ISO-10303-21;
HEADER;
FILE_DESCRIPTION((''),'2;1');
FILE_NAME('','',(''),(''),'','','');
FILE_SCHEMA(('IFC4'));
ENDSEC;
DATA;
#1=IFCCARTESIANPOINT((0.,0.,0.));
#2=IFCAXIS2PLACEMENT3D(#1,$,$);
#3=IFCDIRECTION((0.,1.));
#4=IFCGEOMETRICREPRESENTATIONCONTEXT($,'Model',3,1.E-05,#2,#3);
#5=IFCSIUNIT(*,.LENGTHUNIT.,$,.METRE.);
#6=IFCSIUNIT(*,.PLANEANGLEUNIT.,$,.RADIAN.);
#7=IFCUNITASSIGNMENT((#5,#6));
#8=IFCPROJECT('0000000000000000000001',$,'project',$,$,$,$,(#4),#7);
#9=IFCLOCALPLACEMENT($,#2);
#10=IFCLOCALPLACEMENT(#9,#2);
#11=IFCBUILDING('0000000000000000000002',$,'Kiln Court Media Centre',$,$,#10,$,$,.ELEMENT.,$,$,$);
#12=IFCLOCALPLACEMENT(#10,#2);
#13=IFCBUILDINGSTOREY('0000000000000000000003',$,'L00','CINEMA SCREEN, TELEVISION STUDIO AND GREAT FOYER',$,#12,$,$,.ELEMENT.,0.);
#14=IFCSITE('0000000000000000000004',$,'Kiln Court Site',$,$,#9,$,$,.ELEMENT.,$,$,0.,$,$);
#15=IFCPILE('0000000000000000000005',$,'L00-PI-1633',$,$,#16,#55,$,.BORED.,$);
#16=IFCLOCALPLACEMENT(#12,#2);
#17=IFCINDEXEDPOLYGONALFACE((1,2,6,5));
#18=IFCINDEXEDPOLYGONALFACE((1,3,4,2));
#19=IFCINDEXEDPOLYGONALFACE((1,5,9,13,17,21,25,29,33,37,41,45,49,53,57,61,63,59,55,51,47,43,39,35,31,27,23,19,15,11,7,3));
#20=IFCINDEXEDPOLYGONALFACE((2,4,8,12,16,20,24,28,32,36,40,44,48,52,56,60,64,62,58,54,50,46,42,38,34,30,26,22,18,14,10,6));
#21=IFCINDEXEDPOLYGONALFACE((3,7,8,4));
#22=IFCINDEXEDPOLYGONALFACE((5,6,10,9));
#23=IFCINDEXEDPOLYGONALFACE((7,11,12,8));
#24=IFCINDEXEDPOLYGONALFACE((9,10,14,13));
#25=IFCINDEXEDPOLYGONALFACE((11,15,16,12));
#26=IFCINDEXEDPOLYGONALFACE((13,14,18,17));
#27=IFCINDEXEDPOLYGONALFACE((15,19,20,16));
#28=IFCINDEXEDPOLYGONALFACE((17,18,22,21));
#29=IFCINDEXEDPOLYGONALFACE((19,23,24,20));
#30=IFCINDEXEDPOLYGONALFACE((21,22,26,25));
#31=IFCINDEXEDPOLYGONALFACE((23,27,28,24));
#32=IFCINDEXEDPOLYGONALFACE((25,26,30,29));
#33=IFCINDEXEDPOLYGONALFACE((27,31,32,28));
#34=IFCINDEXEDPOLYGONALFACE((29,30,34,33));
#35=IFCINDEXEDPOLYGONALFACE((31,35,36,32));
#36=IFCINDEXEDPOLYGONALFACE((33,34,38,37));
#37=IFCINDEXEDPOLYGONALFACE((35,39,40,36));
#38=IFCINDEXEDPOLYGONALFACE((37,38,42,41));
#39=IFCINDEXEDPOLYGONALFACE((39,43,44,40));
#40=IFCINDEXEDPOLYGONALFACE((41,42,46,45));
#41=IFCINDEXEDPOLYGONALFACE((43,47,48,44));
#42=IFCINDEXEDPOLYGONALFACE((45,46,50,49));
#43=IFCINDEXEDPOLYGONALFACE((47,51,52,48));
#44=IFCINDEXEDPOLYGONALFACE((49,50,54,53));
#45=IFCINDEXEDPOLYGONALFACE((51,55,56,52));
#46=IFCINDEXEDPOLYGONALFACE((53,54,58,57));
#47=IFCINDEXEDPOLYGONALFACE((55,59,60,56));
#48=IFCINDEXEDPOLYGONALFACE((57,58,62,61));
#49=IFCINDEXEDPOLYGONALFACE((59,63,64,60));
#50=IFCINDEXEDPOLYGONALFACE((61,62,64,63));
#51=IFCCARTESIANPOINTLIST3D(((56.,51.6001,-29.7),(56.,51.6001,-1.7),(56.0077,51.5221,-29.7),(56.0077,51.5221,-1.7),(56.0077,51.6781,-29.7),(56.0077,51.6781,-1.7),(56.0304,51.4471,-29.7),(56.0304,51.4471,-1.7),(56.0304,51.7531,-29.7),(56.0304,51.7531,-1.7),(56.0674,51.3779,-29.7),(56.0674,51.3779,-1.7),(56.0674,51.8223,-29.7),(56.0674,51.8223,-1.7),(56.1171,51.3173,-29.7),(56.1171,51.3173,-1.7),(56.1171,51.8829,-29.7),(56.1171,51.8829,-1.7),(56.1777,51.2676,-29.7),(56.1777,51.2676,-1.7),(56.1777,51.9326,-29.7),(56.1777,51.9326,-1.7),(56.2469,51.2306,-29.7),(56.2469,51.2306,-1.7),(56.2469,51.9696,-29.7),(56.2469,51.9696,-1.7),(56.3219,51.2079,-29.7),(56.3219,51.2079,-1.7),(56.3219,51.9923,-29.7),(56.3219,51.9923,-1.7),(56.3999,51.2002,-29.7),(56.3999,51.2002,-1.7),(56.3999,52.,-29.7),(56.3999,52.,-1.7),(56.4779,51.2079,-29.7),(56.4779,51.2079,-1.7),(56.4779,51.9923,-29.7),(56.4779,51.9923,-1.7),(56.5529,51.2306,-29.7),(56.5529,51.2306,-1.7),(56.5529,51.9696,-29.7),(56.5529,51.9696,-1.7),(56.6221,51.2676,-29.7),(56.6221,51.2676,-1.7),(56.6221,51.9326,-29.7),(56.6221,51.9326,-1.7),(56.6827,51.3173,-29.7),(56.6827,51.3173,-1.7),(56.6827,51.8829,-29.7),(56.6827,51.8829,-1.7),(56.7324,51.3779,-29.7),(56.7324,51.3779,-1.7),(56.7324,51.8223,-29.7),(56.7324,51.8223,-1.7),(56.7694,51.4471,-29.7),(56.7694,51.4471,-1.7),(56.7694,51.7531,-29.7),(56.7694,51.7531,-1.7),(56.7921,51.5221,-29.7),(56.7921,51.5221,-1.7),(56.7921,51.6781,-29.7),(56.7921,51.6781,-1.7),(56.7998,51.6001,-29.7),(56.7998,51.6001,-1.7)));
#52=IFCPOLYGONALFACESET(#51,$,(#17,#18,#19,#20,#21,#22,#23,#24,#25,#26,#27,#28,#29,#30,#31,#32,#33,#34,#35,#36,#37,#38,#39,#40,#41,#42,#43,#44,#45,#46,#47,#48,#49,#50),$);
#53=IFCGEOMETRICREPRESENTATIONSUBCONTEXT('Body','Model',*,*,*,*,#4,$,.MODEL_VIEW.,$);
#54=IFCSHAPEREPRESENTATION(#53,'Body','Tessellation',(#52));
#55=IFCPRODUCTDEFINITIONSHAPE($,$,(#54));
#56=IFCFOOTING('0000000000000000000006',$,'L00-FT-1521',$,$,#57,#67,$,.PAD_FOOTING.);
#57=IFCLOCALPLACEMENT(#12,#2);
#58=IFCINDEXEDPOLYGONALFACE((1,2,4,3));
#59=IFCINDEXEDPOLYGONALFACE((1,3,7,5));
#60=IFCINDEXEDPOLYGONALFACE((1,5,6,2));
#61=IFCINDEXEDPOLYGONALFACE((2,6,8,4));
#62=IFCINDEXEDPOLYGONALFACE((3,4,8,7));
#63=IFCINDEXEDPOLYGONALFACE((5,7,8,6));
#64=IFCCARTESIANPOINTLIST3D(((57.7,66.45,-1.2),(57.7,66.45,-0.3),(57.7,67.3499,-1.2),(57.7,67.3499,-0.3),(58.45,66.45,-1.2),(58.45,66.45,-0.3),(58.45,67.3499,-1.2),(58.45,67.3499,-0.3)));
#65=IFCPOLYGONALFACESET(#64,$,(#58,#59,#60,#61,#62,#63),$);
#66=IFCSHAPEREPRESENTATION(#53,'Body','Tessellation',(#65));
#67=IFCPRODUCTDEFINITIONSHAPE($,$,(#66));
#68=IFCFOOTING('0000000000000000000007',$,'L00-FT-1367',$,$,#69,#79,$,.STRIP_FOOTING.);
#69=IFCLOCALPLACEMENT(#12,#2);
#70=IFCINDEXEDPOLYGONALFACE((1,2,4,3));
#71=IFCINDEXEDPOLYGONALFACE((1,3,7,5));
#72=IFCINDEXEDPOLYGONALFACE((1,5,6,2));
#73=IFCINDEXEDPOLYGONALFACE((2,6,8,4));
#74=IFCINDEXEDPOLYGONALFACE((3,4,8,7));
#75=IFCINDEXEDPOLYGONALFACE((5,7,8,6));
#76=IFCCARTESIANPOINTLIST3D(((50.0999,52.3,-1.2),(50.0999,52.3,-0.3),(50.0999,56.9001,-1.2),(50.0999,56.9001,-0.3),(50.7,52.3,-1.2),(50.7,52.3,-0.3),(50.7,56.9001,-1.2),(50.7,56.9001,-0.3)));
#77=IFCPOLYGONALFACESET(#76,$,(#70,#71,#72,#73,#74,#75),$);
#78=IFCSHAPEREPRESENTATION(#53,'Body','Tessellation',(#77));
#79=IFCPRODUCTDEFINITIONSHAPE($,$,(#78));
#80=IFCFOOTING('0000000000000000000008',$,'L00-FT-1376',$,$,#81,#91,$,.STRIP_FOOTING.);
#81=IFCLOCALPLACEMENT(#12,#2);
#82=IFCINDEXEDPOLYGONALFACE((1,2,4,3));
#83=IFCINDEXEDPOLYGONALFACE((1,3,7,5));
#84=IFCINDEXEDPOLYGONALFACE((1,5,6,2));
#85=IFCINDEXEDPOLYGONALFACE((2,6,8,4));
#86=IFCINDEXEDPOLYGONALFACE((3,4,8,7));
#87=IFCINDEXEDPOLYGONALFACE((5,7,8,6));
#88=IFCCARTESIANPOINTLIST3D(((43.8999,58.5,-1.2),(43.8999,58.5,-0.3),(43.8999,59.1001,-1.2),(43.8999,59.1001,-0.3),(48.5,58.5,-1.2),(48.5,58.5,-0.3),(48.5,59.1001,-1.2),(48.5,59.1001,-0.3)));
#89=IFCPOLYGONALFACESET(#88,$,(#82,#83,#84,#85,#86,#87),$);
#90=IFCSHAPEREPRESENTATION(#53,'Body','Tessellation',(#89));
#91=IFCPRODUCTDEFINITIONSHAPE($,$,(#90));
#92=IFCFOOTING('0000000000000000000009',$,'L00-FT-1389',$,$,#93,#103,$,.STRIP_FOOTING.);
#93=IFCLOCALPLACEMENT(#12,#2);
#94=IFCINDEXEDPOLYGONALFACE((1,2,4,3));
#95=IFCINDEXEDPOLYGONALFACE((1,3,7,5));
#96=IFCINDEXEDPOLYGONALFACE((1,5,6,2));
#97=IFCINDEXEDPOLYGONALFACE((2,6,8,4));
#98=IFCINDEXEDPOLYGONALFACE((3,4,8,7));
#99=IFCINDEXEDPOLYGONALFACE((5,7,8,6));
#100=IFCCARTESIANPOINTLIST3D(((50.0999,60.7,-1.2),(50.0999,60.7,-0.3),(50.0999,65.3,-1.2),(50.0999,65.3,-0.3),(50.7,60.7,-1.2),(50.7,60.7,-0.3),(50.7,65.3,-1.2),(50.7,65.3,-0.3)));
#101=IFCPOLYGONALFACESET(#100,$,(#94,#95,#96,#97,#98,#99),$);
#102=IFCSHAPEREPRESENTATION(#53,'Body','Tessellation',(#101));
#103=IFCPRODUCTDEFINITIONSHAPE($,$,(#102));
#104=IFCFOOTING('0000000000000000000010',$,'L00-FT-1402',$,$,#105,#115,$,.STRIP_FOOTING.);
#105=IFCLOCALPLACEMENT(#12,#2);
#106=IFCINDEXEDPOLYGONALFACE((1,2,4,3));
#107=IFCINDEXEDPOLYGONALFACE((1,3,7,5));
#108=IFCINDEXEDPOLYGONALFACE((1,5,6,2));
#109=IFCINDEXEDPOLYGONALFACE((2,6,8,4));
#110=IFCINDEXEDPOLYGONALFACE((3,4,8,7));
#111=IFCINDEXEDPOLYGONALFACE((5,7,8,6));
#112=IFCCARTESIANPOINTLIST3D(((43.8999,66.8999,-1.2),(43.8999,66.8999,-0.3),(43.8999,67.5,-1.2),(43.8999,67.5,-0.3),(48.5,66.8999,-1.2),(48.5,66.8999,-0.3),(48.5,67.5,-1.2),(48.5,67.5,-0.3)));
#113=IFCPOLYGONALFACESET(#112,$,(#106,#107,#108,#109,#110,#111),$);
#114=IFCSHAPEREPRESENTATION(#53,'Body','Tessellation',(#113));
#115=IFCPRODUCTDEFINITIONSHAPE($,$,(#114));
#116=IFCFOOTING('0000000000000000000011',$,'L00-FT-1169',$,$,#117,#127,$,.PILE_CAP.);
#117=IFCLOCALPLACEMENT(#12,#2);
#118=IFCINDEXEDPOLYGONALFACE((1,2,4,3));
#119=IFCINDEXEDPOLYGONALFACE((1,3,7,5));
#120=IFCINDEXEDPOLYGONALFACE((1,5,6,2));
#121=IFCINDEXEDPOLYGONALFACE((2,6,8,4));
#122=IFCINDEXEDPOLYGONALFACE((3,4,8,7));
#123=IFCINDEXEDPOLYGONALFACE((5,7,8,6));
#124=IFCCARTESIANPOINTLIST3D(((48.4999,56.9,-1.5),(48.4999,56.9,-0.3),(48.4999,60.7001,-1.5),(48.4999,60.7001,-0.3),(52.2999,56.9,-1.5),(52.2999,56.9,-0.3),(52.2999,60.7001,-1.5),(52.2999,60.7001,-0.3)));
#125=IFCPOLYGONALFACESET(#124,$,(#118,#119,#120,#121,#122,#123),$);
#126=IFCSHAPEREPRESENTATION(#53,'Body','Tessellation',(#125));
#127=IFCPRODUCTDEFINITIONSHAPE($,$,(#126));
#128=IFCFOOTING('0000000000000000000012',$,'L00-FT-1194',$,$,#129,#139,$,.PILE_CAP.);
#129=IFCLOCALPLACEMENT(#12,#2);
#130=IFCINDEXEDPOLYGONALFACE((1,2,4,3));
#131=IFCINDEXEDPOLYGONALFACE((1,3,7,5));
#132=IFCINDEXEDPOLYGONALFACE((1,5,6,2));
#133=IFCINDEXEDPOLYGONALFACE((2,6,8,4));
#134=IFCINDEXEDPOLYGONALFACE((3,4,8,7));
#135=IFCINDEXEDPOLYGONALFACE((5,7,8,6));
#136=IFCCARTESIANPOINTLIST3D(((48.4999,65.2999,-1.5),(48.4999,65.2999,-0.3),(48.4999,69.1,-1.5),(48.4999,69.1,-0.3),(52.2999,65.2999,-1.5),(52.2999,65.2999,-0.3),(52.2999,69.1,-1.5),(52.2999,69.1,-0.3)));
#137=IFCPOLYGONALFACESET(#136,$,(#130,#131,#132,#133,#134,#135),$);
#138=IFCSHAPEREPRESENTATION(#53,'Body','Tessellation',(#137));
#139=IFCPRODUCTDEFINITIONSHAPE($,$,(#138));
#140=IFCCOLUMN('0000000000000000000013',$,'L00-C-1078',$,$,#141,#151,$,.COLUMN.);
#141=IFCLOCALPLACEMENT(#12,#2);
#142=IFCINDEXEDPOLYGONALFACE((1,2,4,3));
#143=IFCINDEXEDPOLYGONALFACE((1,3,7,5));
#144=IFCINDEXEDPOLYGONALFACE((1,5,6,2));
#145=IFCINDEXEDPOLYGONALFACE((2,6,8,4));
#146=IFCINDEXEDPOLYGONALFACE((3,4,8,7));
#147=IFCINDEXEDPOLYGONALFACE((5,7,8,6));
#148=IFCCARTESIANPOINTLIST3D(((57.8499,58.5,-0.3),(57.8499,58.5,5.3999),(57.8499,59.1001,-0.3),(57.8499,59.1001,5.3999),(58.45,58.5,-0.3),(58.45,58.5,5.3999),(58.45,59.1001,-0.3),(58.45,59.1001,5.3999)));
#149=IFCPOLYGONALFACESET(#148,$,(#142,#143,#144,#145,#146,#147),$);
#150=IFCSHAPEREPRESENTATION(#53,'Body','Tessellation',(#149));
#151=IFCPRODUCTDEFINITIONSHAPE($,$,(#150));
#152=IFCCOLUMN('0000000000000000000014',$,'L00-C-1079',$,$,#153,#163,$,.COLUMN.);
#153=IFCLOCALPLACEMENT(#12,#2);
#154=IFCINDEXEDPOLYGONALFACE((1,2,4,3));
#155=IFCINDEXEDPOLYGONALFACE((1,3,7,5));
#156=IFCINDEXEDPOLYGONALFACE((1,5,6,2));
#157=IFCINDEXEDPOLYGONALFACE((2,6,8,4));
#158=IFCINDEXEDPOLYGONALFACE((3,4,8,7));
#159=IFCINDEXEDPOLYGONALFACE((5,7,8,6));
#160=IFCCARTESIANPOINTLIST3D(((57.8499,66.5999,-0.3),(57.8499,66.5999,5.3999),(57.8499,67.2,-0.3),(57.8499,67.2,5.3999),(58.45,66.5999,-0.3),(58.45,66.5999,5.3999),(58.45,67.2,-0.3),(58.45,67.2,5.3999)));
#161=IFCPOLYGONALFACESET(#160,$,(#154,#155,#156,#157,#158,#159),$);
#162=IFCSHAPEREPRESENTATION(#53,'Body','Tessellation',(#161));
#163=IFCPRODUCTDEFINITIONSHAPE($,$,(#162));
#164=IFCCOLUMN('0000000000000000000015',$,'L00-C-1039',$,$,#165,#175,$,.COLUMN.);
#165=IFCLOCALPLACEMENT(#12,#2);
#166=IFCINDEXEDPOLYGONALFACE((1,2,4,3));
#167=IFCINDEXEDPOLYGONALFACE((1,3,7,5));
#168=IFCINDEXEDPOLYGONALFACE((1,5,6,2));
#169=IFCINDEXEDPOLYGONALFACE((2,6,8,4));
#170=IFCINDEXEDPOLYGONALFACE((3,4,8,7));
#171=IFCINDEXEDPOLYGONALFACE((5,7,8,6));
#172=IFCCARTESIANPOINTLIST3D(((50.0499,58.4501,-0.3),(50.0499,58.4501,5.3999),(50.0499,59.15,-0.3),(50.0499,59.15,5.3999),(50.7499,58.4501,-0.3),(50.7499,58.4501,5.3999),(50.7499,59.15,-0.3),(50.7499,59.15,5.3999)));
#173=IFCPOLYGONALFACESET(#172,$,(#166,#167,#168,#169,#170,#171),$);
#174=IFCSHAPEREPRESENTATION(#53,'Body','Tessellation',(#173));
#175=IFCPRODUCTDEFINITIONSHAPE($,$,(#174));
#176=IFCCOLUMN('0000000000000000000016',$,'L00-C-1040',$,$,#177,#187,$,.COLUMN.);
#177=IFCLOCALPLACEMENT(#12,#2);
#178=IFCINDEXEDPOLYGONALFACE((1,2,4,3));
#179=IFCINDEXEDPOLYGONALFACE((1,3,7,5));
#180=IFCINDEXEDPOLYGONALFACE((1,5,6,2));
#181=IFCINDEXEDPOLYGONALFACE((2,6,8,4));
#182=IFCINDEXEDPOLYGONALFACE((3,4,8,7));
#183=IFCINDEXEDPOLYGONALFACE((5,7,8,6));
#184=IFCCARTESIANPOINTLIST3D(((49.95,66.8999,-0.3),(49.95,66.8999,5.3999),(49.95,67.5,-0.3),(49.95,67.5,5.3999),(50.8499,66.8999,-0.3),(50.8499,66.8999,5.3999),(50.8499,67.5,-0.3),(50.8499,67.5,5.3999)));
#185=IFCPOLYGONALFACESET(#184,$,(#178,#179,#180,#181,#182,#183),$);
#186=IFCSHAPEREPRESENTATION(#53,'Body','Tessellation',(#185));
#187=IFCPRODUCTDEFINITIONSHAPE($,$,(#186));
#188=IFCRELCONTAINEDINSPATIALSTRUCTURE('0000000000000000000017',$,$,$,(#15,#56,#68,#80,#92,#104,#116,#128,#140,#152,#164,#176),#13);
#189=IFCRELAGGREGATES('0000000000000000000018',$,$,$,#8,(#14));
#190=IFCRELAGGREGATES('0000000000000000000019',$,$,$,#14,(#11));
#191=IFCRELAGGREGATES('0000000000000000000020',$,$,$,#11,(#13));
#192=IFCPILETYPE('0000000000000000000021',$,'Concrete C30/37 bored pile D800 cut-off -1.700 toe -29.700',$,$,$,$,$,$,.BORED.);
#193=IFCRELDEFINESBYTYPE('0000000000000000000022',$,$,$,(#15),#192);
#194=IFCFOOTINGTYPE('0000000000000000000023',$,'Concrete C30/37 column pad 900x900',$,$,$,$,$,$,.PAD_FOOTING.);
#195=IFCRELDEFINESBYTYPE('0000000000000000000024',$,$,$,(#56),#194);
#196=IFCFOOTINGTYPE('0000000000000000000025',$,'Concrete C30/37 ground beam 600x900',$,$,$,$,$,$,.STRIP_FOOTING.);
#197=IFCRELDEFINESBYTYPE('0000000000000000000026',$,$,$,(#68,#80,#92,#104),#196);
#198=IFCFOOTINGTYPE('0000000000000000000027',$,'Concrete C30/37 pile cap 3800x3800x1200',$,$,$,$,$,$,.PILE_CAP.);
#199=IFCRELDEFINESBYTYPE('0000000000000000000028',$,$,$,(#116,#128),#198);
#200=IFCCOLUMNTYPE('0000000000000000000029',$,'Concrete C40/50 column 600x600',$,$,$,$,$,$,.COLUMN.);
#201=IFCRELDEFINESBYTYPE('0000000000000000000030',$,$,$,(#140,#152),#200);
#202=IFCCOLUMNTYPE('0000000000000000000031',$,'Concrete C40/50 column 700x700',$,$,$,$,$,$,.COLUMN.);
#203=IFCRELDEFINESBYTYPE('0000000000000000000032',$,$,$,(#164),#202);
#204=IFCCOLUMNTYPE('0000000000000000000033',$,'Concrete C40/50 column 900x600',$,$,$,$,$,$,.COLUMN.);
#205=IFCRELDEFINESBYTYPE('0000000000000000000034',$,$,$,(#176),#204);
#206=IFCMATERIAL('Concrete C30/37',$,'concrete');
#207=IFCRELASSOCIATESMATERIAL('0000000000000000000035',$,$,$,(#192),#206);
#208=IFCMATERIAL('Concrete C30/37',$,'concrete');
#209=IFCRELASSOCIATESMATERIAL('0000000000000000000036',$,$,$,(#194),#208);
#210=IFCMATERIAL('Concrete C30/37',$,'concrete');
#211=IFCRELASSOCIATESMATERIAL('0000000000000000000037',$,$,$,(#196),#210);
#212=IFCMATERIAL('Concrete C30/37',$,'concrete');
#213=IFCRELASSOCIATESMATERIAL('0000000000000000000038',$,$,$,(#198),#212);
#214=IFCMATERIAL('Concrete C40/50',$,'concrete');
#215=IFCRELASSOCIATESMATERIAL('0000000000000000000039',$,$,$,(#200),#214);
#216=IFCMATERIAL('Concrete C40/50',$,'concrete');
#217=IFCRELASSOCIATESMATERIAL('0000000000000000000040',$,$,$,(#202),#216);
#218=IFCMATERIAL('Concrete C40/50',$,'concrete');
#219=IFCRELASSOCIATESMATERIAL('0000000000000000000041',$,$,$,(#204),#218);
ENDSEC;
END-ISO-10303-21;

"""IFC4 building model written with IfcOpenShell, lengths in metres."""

from ifc_helpers import new_model, si_unit, direction, frame, origin, origin_2d, place, context, subcontext, project, spatial, rectangle, circle, extrude, material, material_profile, profile_set, type_object, element, save


model = new_model("IFC4")

# Units and contexts
model_context = context("Model", 3, precision=1e-05, world=origin(), true_north=direction((0.0, 1.0)))
body_context = subcontext(model_context, "Body", "Model", "MODEL_VIEW")
ifc_project = project(units=[si_unit("LENGTHUNIT", "METRE"), si_unit("PLANEANGLEUNIT", "RADIAN")], contexts=[model_context])

# Site, building, storey
site_placement = place(None, origin())
site = spatial("IfcSite", under=ifc_project, at=site_placement, Name="Kiln Court Site", CompositionType="ELEMENT", RefElevation=0.0)
building_placement = place(site_placement, origin())
building = spatial("IfcBuilding", under=site, at=building_placement, Name="Kiln Court Media Centre", CompositionType="ELEMENT")
storey_placement = place(building_placement, origin())
storey = spatial("IfcBuildingStorey", under=building, at=storey_placement, Name="L00", Description="CINEMA SCREEN, TELEVISION STUDIO AND GREAT FOYER", CompositionType="ELEMENT", Elevation=0.0)

# Pile
ifc_material_1 = material(Name="Concrete C30/37", Category="concrete")
ifc_material_profile_1 = material_profile(ifc_material_1, circle(Radius=0.3999, at=origin_2d()), Name="PILE D800")
ifc_profile_set_1 = profile_set([ifc_material_profile_1], Name="Concrete C30/37")
pile_type_1 = type_object("IfcPileType", Name="Concrete C30/37 bored pile D800 cut-off -1.700 toe -29.700", PredefinedType="BORED", material=ifc_profile_set_1)
for number, where, z_axis, x_axis, name in (
    (1, (56.3999, 51.6001, -1.7), (0.0, 0.0, -1.0), (1.0, 0.0, 0.0), "L00-PI-1633"),
):
    element("IfcPile", number, at=place(storey_placement, frame(where, z_axis=z_axis, x_axis=x_axis)), inside=storey, type_object=pile_type_1, Name=name, PredefinedType="BORED", context=body_context, shape_type="SweptSolid", body=[
        extrude(circle(Radius=0.3999, at=origin_2d()), origin(), (0.0, 0.0, 1.0), 28.0),
    ])

# Footings
ifc_material_2 = material(Name="Concrete C30/37", Category="concrete")
footing_type_1 = type_object("IfcFootingType", Name="Concrete C30/37 column pad 900x900", PredefinedType="PAD_FOOTING", material=ifc_material_2)
footing_1_placement = place(storey_placement, frame((58.075, 66.8999, -1.2), z_axis=(0.0, 0.0, 1.0), x_axis=(1.0, 0.0, 0.0)))
element("IfcFooting", 2, at=footing_1_placement, inside=storey, type_object=footing_type_1, Name="L00-FT-1521", PredefinedType="PAD_FOOTING", context=body_context, shape_type="SweptSolid", body=[
    extrude(rectangle(XDim=0.75, YDim=0.8999, at=origin_2d()), origin(), (0.0, 0.0, 1.0), 0.8999),
])
ifc_material_3 = material(Name="Concrete C30/37", Category="concrete")
footing_type_2 = type_object("IfcFootingType", Name="Concrete C30/37 ground beam 600x900", PredefinedType="STRIP_FOOTING", material=ifc_material_3)
footing_2_placement = place(storey_placement, frame((50.3999, 54.6001, -1.2), z_axis=(0.0, 0.0, 1.0), x_axis=(1.0, 0.0, 0.0)))
element("IfcFooting", 3, at=footing_2_placement, inside=storey, type_object=footing_type_2, Name="L00-FT-1367", PredefinedType="STRIP_FOOTING", context=body_context, shape_type="SweptSolid", body=[
    extrude(rectangle(XDim=0.6001, YDim=4.6001, at=origin_2d()), origin(), (0.0, 0.0, 1.0), 0.8999),
])
footing_3_placement = place(storey_placement, frame((46.2, 58.8, -1.2), z_axis=(0.0, 0.0, 1.0), x_axis=(1.0, 0.0, 0.0)))
element("IfcFooting", 4, at=footing_3_placement, inside=storey, type_object=footing_type_2, Name="L00-FT-1376", PredefinedType="STRIP_FOOTING", context=body_context, shape_type="SweptSolid", body=[
    extrude(rectangle(XDim=4.6001, YDim=0.6001, at=origin_2d()), origin(), (0.0, 0.0, 1.0), 0.8999),
])
footing_4_placement = place(storey_placement, frame((50.3999, 63.0, -1.2), z_axis=(0.0, 0.0, 1.0), x_axis=(1.0, 0.0, 0.0)))
element("IfcFooting", 5, at=footing_4_placement, inside=storey, type_object=footing_type_2, Name="L00-FT-1389", PredefinedType="STRIP_FOOTING", context=body_context, shape_type="SweptSolid", body=[
    extrude(rectangle(XDim=0.6001, YDim=4.6001, at=origin_2d()), origin(), (0.0, 0.0, 1.0), 0.8999),
])
footing_5_placement = place(storey_placement, frame((46.2, 67.2, -1.2), z_axis=(0.0, 0.0, 1.0), x_axis=(1.0, 0.0, 0.0)))
element("IfcFooting", 6, at=footing_5_placement, inside=storey, type_object=footing_type_2, Name="L00-FT-1402", PredefinedType="STRIP_FOOTING", context=body_context, shape_type="SweptSolid", body=[
    extrude(rectangle(XDim=4.6001, YDim=0.6001, at=origin_2d()), origin(), (0.0, 0.0, 1.0), 0.8999),
])
ifc_material_4 = material(Name="Concrete C30/37", Category="concrete")
footing_type_3 = type_object("IfcFootingType", Name="Concrete C30/37 pile cap 3800x3800x1200", PredefinedType="PILE_CAP", material=ifc_material_4)
for number, where, z_axis, x_axis, name in (
    (7, (50.3999, 58.8, -1.5), (0.0, 0.0, 1.0), (1.0, 0.0, 0.0), "L00-FT-1169"),
    (8, (50.3999, 67.2, -1.5), (0.0, 0.0, 1.0), (1.0, 0.0, 0.0), "L00-FT-1194"),
):
    element("IfcFooting", number, at=place(storey_placement, frame(where, z_axis=z_axis, x_axis=x_axis)), inside=storey, type_object=footing_type_3, Name=name, PredefinedType="PILE_CAP", context=body_context, shape_type="SweptSolid", body=[
        extrude(rectangle(XDim=3.8, YDim=3.8, at=origin_2d()), origin(), (0.0, 0.0, 1.0), 1.2),
    ])

# Columns
ifc_material_5 = material(Name="Concrete C40/50", Category="concrete")
ifc_material_profile_2 = material_profile(ifc_material_5, rectangle(XDim=0.6001, YDim=0.6001, at=origin_2d()), Name="RC 600x600")
ifc_profile_set_2 = profile_set([ifc_material_profile_2], Name="Concrete C40/50")
column_type_1 = type_object("IfcColumnType", Name="Concrete C40/50 column 600x600", PredefinedType="COLUMN", material=ifc_profile_set_2)
for number, where, z_axis, x_axis, name in (
    (9, (58.1499, 58.8, -0.3), (0.0, 0.0, 1.0), (1.0, 0.0, 0.0), "L00-C-1078"),
    (10, (58.1499, 66.8999, -0.3), (0.0, 0.0, 1.0), (1.0, 0.0, 0.0), "L00-C-1079"),
):
    element("IfcColumn", number, at=place(storey_placement, frame(where, z_axis=z_axis, x_axis=x_axis)), inside=storey, type_object=column_type_1, Name=name, PredefinedType="COLUMN", context=body_context, shape_type="SweptSolid", body=[
        extrude(rectangle(XDim=0.6001, YDim=0.6001, at=origin_2d()), origin(), (0.0, 0.0, 1.0), 5.7),
    ])
ifc_material_6 = material(Name="Concrete C40/50", Category="concrete")
ifc_material_profile_3 = material_profile(ifc_material_6, rectangle(XDim=0.7, YDim=0.7, at=origin_2d()), Name="RC 700x700")
ifc_profile_set_3 = profile_set([ifc_material_profile_3], Name="Concrete C40/50")
column_type_2 = type_object("IfcColumnType", Name="Concrete C40/50 column 700x700", PredefinedType="COLUMN", material=ifc_profile_set_3)
column_1_placement = place(storey_placement, frame((50.3999, 58.8, -0.3), z_axis=(0.0, 0.0, 1.0), x_axis=(1.0, 0.0, 0.0)))
element("IfcColumn", 11, at=column_1_placement, inside=storey, type_object=column_type_2, Name="L00-C-1039", PredefinedType="COLUMN", context=body_context, shape_type="SweptSolid", body=[
    extrude(rectangle(XDim=0.7, YDim=0.7, at=origin_2d()), origin(), (0.0, 0.0, 1.0), 5.7),
])
ifc_material_7 = material(Name="Concrete C40/50", Category="concrete")
ifc_material_profile_4 = material_profile(ifc_material_7, rectangle(XDim=0.8999, YDim=0.6001, at=origin_2d()), Name="RC 900x600")
ifc_profile_set_4 = profile_set([ifc_material_profile_4], Name="Concrete C40/50")
column_type_3 = type_object("IfcColumnType", Name="Concrete C40/50 column 900x600", PredefinedType="COLUMN", material=ifc_profile_set_4)
column_2_placement = place(storey_placement, frame((50.3999, 67.2, -0.3), z_axis=(0.0, 0.0, 1.0), x_axis=(1.0, 0.0, 0.0)))
element("IfcColumn", 12, at=column_2_placement, inside=storey, type_object=column_type_3, Name="L00-C-1040", PredefinedType="COLUMN", context=body_context, shape_type="SweptSolid", body=[
    extrude(rectangle(XDim=0.8999, YDim=0.6001, at=origin_2d()), origin(), (0.0, 0.0, 1.0), 5.7),
])

save(model, "model.ifc")
